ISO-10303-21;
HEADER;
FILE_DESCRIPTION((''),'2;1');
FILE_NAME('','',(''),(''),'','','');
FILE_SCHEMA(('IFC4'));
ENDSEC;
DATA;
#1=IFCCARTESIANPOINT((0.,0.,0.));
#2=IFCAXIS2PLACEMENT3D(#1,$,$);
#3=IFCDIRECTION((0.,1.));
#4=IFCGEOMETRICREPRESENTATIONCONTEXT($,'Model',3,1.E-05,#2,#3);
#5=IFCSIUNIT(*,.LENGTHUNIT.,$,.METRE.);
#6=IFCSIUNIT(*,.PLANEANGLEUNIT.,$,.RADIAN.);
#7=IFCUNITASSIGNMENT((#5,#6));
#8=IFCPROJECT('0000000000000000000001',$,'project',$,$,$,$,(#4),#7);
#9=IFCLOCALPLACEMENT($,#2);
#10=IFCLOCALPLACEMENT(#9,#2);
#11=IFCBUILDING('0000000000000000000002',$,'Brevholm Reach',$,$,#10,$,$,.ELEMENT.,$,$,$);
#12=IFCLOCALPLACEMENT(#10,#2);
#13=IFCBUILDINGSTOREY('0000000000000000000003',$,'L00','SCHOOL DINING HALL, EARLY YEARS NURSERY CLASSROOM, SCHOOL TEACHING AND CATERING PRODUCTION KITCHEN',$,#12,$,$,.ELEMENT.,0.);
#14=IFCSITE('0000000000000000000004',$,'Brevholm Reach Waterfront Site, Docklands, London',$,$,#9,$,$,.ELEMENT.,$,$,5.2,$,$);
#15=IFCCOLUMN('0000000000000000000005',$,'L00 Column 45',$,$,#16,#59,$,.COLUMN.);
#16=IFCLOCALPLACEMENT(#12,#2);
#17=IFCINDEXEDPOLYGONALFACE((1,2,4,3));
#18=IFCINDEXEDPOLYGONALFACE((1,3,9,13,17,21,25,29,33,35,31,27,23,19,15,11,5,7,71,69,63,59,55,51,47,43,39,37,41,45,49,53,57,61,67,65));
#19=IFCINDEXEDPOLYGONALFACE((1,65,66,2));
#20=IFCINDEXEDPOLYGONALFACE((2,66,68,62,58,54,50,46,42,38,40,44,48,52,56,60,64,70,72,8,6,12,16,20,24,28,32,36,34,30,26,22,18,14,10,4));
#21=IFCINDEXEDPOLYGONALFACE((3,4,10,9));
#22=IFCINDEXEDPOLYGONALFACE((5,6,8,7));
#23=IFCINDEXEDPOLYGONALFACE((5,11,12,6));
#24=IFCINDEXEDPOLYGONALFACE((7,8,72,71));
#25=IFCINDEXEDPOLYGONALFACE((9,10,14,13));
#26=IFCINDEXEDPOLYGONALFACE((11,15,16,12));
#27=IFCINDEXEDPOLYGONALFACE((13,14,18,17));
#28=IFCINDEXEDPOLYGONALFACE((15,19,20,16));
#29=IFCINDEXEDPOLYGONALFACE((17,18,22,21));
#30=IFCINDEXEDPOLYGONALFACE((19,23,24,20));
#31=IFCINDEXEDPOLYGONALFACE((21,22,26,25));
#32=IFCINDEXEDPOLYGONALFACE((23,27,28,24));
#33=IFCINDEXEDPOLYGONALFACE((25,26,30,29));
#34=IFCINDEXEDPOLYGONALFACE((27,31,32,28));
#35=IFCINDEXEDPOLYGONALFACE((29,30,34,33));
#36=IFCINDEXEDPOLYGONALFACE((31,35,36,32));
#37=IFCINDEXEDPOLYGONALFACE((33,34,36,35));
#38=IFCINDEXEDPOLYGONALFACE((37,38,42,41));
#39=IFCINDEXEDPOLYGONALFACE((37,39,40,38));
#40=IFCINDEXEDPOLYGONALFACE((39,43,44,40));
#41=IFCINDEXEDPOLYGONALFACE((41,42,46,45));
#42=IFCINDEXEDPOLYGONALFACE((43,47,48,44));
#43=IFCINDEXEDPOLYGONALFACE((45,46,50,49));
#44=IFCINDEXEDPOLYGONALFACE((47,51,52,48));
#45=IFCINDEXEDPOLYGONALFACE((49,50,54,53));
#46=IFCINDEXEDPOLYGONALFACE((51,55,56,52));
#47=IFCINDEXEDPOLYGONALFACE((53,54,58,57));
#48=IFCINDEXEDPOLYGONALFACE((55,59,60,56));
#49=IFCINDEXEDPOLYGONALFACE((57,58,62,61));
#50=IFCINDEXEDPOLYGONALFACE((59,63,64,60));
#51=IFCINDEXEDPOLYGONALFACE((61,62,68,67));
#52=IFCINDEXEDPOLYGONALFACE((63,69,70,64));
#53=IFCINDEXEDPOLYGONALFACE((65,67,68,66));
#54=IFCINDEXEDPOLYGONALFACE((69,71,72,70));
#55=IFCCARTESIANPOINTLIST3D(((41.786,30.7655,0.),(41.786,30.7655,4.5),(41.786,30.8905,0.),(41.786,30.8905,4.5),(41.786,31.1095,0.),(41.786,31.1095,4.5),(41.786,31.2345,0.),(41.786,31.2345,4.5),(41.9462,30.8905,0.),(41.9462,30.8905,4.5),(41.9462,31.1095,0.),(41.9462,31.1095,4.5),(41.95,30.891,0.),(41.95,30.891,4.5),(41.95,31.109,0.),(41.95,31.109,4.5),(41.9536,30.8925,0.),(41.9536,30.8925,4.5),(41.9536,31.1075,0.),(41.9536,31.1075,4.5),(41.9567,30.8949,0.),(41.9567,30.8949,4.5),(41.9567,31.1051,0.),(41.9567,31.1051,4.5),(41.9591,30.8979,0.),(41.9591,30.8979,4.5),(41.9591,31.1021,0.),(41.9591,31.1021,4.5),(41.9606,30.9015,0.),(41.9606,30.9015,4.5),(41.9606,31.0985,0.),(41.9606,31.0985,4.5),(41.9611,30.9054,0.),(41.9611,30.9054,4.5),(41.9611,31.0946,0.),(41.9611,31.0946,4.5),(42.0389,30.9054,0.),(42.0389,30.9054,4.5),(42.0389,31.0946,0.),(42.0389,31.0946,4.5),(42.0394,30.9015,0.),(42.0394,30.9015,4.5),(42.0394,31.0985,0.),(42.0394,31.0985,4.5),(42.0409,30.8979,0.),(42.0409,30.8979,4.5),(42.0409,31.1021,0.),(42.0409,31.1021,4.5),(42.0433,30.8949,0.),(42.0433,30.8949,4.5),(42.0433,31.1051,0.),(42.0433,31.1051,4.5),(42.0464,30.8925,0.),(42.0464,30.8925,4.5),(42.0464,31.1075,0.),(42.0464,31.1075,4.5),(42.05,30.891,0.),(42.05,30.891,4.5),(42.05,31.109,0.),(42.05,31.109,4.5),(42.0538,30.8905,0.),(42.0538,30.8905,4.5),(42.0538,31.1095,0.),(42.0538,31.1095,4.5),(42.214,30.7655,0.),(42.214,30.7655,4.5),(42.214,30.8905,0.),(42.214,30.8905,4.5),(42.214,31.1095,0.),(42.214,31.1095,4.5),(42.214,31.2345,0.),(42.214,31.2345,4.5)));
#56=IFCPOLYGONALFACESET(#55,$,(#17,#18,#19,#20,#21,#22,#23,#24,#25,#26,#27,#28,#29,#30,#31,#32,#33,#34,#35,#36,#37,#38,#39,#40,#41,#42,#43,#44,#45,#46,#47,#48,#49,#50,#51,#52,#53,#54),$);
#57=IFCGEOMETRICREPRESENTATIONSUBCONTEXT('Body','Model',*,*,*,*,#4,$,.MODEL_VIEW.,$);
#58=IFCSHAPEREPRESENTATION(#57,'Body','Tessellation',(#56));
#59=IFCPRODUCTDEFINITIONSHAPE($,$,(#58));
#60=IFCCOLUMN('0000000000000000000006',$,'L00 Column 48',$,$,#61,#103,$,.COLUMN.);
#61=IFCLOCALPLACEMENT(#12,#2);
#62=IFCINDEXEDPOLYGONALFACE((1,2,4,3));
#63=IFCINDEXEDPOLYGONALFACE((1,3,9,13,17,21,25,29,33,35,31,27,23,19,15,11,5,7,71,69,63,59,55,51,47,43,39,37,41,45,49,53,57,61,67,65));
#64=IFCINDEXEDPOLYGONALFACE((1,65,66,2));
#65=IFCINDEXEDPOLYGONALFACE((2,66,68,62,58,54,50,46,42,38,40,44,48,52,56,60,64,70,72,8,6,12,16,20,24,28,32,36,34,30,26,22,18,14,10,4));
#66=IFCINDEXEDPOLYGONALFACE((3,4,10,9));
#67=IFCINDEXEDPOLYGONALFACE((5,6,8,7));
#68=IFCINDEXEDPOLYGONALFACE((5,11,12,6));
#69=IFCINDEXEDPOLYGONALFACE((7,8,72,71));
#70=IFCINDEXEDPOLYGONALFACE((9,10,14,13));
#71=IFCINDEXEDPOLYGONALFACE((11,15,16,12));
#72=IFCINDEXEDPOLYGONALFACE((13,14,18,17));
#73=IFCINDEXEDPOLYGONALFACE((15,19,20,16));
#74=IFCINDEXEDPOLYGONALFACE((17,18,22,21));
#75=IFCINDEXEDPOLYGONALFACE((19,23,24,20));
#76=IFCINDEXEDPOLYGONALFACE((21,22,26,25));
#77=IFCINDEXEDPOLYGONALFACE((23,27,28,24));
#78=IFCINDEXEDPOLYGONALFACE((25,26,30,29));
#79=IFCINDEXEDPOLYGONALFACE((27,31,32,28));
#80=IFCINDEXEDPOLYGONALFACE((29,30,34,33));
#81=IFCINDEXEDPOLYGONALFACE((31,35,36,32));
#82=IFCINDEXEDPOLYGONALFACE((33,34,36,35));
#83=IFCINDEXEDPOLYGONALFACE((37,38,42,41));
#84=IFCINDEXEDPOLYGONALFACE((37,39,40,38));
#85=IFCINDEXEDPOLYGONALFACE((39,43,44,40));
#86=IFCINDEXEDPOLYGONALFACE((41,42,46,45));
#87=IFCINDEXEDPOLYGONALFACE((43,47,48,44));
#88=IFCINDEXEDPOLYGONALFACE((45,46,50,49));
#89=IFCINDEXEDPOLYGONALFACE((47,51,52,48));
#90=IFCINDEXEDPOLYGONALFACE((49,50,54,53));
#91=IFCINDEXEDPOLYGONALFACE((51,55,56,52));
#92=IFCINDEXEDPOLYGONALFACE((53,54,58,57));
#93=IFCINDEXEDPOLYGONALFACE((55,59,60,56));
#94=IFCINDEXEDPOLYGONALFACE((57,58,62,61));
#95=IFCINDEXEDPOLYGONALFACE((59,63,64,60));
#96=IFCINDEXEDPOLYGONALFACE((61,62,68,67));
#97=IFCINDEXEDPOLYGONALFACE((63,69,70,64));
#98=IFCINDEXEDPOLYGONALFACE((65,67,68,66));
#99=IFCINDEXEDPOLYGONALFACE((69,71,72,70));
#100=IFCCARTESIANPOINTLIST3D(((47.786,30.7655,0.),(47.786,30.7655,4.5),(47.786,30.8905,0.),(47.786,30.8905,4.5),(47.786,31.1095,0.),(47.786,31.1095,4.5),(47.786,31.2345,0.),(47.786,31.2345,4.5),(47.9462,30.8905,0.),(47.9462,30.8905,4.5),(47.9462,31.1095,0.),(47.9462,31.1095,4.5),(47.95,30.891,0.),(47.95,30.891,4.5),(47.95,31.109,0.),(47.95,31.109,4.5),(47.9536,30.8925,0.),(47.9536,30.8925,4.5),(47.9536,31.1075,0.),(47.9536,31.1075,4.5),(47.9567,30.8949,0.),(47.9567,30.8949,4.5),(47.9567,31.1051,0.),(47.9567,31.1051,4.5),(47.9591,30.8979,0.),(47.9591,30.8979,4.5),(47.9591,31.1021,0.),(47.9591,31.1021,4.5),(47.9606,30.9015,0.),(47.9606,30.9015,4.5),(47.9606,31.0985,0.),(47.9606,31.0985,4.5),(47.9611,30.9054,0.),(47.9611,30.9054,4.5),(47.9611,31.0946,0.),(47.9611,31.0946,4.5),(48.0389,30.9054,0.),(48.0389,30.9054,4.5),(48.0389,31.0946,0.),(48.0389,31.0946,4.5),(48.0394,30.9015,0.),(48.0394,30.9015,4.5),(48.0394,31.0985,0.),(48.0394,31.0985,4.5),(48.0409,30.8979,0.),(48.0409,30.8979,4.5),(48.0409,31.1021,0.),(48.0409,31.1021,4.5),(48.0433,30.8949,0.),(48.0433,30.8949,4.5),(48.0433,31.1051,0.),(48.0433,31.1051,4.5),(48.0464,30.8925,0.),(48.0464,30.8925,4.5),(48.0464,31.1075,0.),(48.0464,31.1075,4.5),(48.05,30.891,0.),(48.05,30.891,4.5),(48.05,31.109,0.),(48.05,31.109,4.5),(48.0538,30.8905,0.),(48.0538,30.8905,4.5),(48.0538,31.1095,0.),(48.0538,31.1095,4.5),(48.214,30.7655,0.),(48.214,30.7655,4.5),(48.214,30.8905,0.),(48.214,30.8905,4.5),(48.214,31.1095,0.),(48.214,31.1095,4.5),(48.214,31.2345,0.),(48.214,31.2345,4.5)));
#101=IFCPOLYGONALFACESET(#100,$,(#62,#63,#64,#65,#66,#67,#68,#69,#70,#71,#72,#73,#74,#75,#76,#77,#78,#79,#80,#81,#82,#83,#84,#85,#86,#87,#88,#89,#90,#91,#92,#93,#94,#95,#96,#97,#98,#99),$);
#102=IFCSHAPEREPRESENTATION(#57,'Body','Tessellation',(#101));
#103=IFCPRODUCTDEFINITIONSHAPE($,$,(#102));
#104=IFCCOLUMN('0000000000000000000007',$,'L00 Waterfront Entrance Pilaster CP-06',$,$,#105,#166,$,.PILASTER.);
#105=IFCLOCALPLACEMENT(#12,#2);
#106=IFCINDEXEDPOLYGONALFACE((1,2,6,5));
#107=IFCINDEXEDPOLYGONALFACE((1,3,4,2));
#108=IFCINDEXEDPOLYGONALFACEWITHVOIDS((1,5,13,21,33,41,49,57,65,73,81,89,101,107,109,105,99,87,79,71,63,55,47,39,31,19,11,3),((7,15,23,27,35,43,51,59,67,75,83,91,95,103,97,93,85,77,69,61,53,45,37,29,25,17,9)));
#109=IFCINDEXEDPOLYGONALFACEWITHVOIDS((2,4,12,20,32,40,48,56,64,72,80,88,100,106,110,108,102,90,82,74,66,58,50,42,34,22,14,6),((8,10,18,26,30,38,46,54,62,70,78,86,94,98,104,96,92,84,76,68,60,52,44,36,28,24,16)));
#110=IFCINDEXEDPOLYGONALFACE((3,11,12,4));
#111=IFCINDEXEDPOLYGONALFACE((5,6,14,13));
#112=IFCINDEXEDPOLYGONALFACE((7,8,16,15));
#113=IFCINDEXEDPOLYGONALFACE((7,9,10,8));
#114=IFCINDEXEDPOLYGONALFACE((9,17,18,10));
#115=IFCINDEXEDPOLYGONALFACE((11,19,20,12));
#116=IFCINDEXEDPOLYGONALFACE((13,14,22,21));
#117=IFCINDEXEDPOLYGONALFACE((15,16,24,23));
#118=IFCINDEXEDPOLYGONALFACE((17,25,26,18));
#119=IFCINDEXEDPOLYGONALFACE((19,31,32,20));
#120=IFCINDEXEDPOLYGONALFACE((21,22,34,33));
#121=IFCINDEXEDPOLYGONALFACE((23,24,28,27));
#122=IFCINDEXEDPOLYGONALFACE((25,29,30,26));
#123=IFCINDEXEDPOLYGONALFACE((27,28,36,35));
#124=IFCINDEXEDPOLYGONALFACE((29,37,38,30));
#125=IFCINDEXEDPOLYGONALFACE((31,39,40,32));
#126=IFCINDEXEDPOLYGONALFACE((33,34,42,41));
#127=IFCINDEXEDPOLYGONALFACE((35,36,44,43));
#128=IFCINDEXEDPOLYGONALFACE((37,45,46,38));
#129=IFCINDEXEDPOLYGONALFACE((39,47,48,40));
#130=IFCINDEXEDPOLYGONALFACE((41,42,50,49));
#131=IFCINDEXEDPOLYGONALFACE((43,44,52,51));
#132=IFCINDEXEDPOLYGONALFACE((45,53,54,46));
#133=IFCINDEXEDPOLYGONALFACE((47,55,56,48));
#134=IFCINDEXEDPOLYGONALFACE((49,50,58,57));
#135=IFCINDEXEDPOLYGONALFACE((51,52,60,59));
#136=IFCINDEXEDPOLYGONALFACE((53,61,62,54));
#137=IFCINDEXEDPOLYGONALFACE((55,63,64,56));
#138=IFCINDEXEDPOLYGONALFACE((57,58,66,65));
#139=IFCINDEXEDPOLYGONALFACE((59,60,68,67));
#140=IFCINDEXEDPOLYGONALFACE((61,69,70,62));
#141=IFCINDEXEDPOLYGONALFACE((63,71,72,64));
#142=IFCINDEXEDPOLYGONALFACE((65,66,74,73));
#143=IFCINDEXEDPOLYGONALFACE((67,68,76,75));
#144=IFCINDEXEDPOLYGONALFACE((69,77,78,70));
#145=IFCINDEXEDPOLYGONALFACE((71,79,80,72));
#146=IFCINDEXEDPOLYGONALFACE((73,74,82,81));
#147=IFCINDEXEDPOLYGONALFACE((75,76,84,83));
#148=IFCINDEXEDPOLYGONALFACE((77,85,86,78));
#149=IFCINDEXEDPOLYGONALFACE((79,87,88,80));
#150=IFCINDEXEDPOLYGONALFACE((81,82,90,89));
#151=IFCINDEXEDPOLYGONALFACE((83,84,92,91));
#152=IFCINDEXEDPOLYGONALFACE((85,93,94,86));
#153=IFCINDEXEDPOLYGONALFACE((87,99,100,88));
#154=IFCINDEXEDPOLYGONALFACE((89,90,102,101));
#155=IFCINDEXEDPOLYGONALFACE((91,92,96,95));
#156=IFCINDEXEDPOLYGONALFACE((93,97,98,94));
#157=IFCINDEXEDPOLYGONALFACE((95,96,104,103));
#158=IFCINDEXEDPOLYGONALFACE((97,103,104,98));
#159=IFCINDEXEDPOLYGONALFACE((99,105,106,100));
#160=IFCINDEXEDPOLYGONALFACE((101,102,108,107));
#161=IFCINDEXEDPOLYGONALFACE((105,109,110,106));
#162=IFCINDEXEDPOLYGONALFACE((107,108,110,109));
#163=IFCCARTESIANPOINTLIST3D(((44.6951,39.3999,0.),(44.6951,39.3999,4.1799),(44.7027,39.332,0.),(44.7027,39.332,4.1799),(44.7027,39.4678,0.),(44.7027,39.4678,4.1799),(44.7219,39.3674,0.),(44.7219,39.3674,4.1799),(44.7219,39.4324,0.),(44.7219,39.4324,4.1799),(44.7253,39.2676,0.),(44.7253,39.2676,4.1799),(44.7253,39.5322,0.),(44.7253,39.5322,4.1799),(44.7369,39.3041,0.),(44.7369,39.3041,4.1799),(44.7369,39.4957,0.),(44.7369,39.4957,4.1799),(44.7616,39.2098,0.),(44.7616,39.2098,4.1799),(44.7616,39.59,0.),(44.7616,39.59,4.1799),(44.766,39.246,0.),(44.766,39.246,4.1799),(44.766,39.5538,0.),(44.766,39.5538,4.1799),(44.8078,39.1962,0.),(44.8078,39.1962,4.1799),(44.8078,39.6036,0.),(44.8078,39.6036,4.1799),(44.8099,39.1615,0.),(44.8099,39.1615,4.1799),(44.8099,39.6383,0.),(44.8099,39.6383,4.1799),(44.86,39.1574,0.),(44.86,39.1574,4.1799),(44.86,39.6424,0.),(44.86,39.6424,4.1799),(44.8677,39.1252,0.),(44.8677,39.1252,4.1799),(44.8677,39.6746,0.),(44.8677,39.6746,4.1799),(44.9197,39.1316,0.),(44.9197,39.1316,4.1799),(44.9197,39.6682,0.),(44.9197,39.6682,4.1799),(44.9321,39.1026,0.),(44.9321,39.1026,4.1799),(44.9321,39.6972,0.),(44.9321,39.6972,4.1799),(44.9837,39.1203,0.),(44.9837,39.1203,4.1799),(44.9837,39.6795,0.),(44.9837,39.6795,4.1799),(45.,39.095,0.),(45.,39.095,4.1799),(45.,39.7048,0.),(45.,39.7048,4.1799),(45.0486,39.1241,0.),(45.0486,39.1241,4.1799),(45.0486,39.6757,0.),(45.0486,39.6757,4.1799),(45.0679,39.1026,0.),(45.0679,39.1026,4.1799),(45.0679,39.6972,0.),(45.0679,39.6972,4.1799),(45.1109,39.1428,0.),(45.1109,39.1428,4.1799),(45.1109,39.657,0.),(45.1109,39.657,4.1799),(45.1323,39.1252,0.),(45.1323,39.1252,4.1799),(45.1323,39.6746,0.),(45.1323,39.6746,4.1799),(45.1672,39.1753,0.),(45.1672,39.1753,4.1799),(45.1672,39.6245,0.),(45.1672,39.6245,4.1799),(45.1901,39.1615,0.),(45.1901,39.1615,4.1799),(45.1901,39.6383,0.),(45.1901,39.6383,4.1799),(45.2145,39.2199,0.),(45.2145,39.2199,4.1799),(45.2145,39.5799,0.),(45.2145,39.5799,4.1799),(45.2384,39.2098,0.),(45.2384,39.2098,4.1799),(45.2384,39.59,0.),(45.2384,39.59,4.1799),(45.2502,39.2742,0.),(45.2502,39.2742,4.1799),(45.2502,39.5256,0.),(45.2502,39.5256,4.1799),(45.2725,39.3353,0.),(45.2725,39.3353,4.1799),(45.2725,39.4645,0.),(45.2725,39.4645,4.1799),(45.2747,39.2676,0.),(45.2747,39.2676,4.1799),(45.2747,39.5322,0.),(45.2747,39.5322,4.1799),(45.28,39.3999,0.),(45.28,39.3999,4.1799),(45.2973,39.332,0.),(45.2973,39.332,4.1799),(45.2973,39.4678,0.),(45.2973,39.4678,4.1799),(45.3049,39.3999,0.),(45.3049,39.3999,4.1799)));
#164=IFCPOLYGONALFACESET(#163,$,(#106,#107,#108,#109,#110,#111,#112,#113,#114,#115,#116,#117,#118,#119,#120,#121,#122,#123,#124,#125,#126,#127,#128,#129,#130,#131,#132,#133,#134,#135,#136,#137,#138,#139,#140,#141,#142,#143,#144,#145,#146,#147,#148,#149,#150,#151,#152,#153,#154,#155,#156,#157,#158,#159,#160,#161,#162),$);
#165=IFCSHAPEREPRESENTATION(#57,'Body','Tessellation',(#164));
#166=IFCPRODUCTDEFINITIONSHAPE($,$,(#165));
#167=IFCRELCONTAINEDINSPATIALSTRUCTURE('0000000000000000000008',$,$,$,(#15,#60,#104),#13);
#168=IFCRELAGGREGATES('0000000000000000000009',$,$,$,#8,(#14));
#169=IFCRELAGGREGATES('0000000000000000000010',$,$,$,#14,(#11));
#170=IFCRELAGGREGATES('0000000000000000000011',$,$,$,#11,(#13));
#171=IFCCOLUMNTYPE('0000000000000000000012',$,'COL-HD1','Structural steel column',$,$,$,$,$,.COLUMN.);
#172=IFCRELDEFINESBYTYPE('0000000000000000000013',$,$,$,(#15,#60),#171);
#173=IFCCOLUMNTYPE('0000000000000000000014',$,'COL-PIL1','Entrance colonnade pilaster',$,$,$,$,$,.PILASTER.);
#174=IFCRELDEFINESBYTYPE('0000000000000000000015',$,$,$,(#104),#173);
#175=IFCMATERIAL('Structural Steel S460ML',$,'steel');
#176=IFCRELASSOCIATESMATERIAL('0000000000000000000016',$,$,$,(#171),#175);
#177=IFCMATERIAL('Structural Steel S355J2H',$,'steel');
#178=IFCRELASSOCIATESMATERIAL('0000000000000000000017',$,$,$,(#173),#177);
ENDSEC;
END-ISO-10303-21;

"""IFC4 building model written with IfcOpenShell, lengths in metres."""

from ifc_helpers import new_model, si_unit, direction, frame, origin, origin_2d, place, context, subcontext, project, spatial, hollow_circle, i_section, extrude, material, material_profile, profile_set, type_object, element, save


model = new_model("IFC4")

# Units and contexts
model_context = context("Model", 3, precision=1e-05, world=origin(), true_north=direction((0.0, 1.0)))
body_context = subcontext(model_context, "Body", "Model", "MODEL_VIEW")
ifc_project = project(units=[si_unit("LENGTHUNIT", "METRE"), si_unit("PLANEANGLEUNIT", "RADIAN")], contexts=[model_context])

# Site, building, storey
site_placement = place(None, origin())
site = spatial("IfcSite", under=ifc_project, at=site_placement, Name="Brevholm Reach Waterfront Site, Docklands, London", CompositionType="ELEMENT", RefElevation=5.2)
building_placement = place(site_placement, origin())
building = spatial("IfcBuilding", under=site, at=building_placement, Name="Brevholm Reach", CompositionType="ELEMENT")
storey_placement = place(building_placement, origin())
storey = spatial("IfcBuildingStorey", under=building, at=storey_placement, Name="L00", Description="SCHOOL DINING HALL, EARLY YEARS NURSERY CLASSROOM, SCHOOL TEACHING AND CATERING PRODUCTION KITCHEN", CompositionType="ELEMENT", Elevation=0.0)

# Columns
ifc_material_1 = material(Name="Structural Steel S460ML", Category="steel")
ifc_material_profile_1 = material_profile(ifc_material_1, i_section(OverallWidth=0.428, OverallDepth=0.469, WebThickness=0.0779, FlangeThickness=0.125, FilletRadius=0.0149, at=origin_2d()), Name="HD 400x1086")
ifc_profile_set_1 = profile_set([ifc_material_profile_1], Name="Structural Steel S460ML")
column_type_1 = type_object("IfcColumnType", Name="COL-HD1", Description="Structural steel column", PredefinedType="COLUMN", material=ifc_profile_set_1)
for number, where, z_axis, x_axis, name in (
    (1, (42.0, 31.0, 0.0), (0.0, 0.0, 1.0), (1.0, 0.0, 0.0), "L00 Column 45"),
    (2, (48.0, 31.0, 0.0), (0.0, 0.0, 1.0), (1.0, 0.0, 0.0), "L00 Column 48"),
):
    element("IfcColumn", number, at=place(storey_placement, frame(where, z_axis=z_axis, x_axis=x_axis)), inside=storey, type_object=column_type_1, Name=name, PredefinedType="COLUMN", context=body_context, shape_type="SweptSolid", body=[
        extrude(i_section(OverallWidth=0.428, OverallDepth=0.469, WebThickness=0.0779, FlangeThickness=0.125, FilletRadius=0.0149, at=origin_2d()), origin(), (0.0, 0.0, 1.0), 4.5),
    ])
ifc_material_2 = material(Name="Structural Steel S355J2H", Category="steel")
ifc_material_profile_2 = material_profile(ifc_material_2, hollow_circle(Radius=0.3049, WallThickness=0.0249, at=origin_2d()), Name="CHS 610x25")
ifc_profile_set_2 = profile_set([ifc_material_profile_2], Name="Structural Steel S355J2H")
column_type_2 = type_object("IfcColumnType", Name="COL-PIL1", Description="Entrance colonnade pilaster", PredefinedType="PILASTER", material=ifc_profile_set_2)
column_1_placement = place(storey_placement, frame((45.0, 39.3999, 0.0), z_axis=(0.0, 0.0, 1.0), x_axis=(1.0, 0.0, 0.0)))
element("IfcColumn", 3, at=column_1_placement, inside=storey, type_object=column_type_2, Name="L00 Waterfront Entrance Pilaster CP-06", PredefinedType="PILASTER", context=body_context, shape_type="SweptSolid", body=[
    extrude(hollow_circle(Radius=0.3049, WallThickness=0.0249, at=origin_2d()), origin(), (0.0, 0.0, 1.0), 4.1799),
])

save(model, "model.ifc")
